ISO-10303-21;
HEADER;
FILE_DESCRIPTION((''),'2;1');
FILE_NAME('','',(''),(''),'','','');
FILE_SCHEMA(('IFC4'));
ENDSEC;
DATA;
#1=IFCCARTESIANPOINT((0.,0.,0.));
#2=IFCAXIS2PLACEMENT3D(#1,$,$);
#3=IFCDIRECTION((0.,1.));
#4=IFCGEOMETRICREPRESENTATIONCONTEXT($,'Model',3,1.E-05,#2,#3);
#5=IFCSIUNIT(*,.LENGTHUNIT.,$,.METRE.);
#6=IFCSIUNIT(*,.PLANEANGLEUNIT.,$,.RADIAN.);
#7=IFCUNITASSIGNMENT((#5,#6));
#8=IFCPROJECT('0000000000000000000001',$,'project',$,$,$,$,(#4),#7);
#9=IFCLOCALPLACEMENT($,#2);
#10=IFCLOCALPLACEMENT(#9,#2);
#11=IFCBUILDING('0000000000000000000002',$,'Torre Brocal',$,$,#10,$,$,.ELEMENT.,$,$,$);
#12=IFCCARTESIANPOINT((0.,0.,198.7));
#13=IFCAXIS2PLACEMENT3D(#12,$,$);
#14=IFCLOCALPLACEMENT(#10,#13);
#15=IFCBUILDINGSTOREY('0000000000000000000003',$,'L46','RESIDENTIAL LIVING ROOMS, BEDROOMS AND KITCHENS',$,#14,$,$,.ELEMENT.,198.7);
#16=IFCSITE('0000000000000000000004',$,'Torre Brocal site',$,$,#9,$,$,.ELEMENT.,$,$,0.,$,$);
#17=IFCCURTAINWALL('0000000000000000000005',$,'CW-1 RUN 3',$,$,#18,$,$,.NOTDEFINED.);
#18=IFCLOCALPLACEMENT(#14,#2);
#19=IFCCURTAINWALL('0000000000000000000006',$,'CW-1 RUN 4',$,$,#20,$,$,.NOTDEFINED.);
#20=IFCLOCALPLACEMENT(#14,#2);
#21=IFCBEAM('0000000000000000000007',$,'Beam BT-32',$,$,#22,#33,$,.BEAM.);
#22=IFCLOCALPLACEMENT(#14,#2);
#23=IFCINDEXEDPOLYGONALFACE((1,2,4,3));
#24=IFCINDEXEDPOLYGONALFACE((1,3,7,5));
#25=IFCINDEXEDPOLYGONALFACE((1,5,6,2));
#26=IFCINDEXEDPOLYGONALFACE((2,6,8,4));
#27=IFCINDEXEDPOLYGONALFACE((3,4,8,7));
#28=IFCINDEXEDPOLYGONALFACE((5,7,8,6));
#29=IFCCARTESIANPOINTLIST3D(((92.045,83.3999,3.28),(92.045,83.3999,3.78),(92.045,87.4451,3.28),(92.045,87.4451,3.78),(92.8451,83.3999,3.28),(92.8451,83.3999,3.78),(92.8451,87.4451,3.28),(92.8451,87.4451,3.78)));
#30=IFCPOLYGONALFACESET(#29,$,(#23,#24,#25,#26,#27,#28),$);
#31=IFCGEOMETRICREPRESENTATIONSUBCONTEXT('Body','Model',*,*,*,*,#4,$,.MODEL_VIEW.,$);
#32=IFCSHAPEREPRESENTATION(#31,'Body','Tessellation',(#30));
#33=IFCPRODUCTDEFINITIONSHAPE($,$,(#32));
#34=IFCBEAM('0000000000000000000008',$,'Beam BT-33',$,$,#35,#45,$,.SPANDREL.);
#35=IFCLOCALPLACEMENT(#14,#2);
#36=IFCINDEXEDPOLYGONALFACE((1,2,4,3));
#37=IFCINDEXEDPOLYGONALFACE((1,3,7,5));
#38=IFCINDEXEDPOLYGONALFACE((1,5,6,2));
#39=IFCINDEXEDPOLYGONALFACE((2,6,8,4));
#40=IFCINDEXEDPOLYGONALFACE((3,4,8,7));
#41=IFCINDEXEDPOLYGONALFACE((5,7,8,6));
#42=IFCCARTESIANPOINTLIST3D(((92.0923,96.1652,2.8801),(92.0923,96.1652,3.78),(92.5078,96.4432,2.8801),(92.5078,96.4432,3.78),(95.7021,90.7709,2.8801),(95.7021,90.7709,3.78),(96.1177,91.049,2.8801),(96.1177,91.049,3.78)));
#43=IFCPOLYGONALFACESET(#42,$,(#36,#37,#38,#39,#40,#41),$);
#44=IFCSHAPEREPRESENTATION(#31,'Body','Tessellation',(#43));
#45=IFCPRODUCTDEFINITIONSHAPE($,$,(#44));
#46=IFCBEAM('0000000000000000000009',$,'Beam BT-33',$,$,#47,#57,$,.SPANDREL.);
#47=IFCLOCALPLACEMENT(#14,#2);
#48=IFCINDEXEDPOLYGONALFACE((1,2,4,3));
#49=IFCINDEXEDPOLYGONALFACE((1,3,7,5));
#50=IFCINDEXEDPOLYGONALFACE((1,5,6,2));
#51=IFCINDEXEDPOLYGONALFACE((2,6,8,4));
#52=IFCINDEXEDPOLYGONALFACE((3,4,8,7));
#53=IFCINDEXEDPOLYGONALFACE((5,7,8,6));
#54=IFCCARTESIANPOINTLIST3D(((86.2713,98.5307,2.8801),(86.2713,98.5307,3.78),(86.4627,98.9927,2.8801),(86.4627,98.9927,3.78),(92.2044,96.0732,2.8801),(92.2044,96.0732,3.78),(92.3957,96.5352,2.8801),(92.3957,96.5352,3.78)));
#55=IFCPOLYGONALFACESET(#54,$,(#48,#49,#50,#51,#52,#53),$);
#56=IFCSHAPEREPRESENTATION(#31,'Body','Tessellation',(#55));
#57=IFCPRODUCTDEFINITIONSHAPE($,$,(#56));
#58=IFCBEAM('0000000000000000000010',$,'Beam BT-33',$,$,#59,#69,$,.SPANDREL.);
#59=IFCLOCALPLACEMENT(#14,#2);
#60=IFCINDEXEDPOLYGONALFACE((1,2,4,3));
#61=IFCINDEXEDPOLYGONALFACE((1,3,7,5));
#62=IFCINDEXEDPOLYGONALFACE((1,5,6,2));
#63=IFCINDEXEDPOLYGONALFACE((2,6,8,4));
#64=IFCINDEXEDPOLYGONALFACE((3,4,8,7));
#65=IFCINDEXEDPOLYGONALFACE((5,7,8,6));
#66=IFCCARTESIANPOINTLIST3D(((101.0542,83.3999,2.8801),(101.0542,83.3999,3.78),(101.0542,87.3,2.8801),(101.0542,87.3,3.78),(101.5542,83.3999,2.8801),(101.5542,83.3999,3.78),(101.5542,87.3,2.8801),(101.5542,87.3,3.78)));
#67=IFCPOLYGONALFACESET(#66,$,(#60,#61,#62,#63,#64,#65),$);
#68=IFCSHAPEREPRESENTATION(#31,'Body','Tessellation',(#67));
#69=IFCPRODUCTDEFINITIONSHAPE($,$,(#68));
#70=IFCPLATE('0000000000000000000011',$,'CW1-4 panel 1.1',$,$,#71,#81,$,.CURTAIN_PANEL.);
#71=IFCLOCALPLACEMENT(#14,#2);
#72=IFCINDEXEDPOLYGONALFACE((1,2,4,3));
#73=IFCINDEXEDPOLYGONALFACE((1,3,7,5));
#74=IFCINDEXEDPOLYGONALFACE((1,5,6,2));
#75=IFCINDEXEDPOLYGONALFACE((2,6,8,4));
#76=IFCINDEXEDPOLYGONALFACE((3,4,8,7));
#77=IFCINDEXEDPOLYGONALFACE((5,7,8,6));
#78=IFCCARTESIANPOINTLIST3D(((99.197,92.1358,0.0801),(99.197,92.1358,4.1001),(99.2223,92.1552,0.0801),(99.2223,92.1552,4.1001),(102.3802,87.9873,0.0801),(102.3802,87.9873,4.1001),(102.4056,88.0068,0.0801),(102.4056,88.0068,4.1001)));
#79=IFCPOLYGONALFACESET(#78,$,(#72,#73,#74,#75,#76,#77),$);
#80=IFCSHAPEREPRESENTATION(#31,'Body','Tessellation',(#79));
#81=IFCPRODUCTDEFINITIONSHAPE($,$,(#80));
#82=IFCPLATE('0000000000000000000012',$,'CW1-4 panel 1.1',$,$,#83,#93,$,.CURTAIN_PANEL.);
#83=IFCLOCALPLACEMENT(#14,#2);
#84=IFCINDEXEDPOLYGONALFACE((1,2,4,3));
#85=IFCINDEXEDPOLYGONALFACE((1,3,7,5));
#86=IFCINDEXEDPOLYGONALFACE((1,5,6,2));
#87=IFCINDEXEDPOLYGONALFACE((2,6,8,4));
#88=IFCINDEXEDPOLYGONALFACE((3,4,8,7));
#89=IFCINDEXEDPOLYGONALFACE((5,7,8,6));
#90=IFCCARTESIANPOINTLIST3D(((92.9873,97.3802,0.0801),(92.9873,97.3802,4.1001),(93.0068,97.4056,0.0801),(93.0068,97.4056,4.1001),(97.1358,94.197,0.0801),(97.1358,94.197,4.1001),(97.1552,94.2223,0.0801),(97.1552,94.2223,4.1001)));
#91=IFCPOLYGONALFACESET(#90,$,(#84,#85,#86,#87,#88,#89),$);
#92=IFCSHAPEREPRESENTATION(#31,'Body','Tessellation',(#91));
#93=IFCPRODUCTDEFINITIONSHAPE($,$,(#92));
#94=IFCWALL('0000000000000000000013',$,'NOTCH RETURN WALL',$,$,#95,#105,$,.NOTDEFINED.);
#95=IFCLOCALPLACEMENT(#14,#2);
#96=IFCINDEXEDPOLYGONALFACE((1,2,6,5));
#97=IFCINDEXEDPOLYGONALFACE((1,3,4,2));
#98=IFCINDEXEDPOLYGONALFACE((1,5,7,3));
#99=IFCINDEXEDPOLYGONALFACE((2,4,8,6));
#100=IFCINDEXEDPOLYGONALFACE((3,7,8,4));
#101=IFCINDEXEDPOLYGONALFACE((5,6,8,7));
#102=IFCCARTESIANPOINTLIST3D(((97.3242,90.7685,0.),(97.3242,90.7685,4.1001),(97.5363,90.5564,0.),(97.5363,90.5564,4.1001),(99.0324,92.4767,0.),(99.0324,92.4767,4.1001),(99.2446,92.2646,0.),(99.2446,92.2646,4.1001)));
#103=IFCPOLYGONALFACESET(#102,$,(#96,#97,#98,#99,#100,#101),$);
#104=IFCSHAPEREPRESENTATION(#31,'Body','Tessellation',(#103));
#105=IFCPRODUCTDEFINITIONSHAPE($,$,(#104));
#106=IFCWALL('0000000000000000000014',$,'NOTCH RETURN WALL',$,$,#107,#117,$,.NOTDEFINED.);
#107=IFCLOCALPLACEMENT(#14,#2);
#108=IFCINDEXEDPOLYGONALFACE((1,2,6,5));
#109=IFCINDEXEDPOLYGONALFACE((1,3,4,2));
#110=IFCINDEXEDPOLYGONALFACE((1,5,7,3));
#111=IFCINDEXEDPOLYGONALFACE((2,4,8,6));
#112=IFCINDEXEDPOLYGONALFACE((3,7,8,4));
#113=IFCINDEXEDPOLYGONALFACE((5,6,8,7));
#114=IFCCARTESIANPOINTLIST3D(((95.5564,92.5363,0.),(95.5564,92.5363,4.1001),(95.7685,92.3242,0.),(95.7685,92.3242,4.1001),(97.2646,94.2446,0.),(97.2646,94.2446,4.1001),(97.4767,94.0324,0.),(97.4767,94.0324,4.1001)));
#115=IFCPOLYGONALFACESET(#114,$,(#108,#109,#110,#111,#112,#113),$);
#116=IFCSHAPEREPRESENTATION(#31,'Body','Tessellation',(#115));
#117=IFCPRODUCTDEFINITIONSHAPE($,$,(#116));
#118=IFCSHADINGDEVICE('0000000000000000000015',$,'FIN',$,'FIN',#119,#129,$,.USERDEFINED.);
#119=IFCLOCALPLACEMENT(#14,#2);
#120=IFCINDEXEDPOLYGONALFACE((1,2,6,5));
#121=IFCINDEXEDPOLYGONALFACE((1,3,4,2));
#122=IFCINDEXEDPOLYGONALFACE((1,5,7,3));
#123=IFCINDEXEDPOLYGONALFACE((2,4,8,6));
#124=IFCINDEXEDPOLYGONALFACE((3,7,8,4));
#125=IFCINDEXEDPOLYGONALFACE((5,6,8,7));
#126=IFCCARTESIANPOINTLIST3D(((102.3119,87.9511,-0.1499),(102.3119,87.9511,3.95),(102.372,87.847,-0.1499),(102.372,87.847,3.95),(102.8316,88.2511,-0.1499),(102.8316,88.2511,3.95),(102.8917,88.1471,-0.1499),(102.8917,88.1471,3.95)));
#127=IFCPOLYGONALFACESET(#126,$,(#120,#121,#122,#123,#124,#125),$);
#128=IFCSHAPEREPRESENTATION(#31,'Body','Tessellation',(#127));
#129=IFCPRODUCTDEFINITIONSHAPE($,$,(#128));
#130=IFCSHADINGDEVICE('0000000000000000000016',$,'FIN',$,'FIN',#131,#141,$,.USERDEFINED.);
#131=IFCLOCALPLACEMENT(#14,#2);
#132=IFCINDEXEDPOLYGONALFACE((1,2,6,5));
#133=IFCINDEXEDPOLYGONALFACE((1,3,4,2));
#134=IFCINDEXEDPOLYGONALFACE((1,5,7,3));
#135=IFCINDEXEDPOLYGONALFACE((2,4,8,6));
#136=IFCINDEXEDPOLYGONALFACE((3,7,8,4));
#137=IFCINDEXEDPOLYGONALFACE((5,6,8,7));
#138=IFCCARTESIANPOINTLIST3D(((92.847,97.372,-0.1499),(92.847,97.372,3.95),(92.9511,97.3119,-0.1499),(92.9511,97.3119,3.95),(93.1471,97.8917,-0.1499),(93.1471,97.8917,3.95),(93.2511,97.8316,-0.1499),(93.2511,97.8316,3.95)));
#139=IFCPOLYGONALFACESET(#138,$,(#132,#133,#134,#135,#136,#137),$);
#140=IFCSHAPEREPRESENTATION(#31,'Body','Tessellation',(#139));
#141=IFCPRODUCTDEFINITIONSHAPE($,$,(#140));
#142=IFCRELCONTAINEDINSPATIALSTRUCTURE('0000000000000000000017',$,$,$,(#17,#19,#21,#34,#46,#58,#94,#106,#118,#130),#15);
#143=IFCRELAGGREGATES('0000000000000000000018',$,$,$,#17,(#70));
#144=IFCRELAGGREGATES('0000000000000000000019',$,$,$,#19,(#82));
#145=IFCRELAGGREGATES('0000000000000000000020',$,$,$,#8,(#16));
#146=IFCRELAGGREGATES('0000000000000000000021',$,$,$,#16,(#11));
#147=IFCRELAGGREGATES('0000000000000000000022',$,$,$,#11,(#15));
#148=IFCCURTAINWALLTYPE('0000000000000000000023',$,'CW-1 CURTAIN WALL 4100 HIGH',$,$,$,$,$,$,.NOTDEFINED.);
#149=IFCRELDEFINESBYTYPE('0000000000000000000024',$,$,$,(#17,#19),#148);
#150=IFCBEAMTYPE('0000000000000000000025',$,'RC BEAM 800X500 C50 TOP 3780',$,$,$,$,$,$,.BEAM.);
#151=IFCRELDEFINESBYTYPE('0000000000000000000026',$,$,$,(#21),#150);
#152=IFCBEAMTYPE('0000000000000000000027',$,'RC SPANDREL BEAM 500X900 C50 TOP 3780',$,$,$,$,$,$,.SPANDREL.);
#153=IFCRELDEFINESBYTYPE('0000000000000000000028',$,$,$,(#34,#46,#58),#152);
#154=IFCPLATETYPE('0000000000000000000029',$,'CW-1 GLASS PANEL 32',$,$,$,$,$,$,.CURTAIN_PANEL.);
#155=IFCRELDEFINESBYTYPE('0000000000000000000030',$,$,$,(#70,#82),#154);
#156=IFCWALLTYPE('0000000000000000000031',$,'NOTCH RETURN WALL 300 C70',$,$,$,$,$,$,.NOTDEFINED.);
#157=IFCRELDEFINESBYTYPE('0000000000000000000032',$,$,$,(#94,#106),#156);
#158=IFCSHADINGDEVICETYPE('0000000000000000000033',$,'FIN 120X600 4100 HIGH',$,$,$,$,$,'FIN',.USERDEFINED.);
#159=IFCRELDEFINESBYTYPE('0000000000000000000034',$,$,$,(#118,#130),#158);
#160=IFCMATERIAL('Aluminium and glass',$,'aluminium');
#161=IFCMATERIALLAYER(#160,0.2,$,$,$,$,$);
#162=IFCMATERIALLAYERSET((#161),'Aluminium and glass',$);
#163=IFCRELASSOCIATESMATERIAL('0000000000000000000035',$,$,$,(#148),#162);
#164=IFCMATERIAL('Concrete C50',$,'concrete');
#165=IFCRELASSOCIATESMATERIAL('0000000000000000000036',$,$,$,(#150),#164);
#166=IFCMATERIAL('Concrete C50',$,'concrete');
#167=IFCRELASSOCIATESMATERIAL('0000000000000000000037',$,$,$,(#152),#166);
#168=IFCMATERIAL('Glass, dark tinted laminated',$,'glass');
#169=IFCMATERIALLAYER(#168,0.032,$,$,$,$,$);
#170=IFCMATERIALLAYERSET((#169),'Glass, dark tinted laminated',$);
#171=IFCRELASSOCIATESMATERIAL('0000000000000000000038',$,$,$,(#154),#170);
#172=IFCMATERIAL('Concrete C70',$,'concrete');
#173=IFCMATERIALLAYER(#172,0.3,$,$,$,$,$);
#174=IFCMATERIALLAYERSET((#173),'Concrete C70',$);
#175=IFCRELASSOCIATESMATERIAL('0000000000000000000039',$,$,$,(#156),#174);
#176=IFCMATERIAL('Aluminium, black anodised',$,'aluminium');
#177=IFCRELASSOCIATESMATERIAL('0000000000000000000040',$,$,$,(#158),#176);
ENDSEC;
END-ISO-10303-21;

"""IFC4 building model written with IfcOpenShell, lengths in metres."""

from ifc_helpers import new_model, si_unit, direction, frame, frame_2d, origin, origin_2d, place, context, subcontext, project, spatial, rectangle, extrude, material, layer, layer_set, material_profile, profile_set, type_object, element, aggregate, save


model = new_model("IFC4")

# Units and contexts
model_context = context("Model", 3, precision=1e-05, world=origin(), true_north=direction((0.0, 1.0)))
body_context = subcontext(model_context, "Body", "Model", "MODEL_VIEW")
ifc_project = project(units=[si_unit("LENGTHUNIT", "METRE"), si_unit("PLANEANGLEUNIT", "RADIAN")], contexts=[model_context])

# Site, building, storey
site_placement = place(None, origin())
site = spatial("IfcSite", under=ifc_project, at=site_placement, Name="Torre Brocal site", CompositionType="ELEMENT", RefElevation=0.0)
building_placement = place(site_placement, origin())
building = spatial("IfcBuilding", under=site, at=building_placement, Name="Torre Brocal", CompositionType="ELEMENT")
storey_placement = place(building_placement, frame((0.0, 0.0, 198.7)))
storey = spatial("IfcBuildingStorey", under=building, at=storey_placement, Name="L46", Description="RESIDENTIAL LIVING ROOMS, BEDROOMS AND KITCHENS", CompositionType="ELEMENT", Elevation=198.7)

# Shared definitions
ifc_material_1 = material(Name="Aluminium and glass", Category="aluminium")
ifc_layer_1 = layer(ifc_material_1, 0.2)
ifc_layer_set_1 = layer_set([ifc_layer_1], Name="Aluminium and glass")
curtain_wall_type = type_object("IfcCurtainWallType", Name="CW-1 CURTAIN WALL 4100 HIGH", PredefinedType="NOTDEFINED", material=ifc_layer_set_1)

# Curtain walls
curtain_wall_1_placement = place(storey_placement, origin())
curtain_wall_1 = element("IfcCurtainWall", 1, at=curtain_wall_1_placement, inside=storey, type_object=curtain_wall_type, Name="CW-1 RUN 3", PredefinedType="NOTDEFINED")
curtain_wall_2_placement = place(storey_placement, origin())
curtain_wall_2 = element("IfcCurtainWall", 2, at=curtain_wall_2_placement, inside=storey, type_object=curtain_wall_type, Name="CW-1 RUN 4", PredefinedType="NOTDEFINED")

# Beams
ifc_material_2 = material(Name="Concrete C50", Category="concrete")
ifc_material_profile_1 = material_profile(ifc_material_2, rectangle(XDim=0.8, YDim=0.5, at=origin_2d()), Name="RC 800X500")
ifc_profile_set_1 = profile_set([ifc_material_profile_1], Name="Concrete C50")
beam_type_1 = type_object("IfcBeamType", Name="RC BEAM 800X500 C50 TOP 3780", PredefinedType="BEAM", material=ifc_profile_set_1)
beam_1_placement = place(storey_placement, frame((92.4451, 87.4451, 3.53), z_axis=(0.0, -1.0, 0.0), x_axis=(1.0, 0.0, 0.0)))
element("IfcBeam", 3, at=beam_1_placement, inside=storey, type_object=beam_type_1, Name="Beam BT-32", PredefinedType="BEAM", context=body_context, shape_type="SweptSolid", body=[
    extrude(rectangle(XDim=0.8, YDim=0.5, at=origin_2d()), origin(), (0.0, 0.0, 1.0), 4.0452),
])
ifc_material_3 = material(Name="Concrete C50", Category="concrete")
ifc_material_profile_2 = material_profile(ifc_material_3, rectangle(XDim=0.5, YDim=0.8999, at=origin_2d()), Name="RC 500X900")
ifc_profile_set_2 = profile_set([ifc_material_profile_2], Name="Concrete C50")
beam_type_2 = type_object("IfcBeamType", Name="RC SPANDREL BEAM 500X900 C50 TOP 3780", PredefinedType="SPANDREL", material=ifc_profile_set_2)
beam_2_placement = place(storey_placement, frame((95.9099, 90.9099, 3.3301), z_axis=(-0.556158, 0.831077, 0.0), x_axis=(-0.831077, -0.556158, 0.0)))
element("IfcBeam", 4, at=beam_2_placement, inside=storey, type_object=beam_type_2, Name="Beam BT-33", PredefinedType="SPANDREL", context=body_context, shape_type="SweptSolid", body=[
    extrude(rectangle(XDim=0.5, YDim=0.8999, at=origin_2d()), origin(), (0.0, 0.0, 1.0), 6.4907),
])
beam_3_placement = place(storey_placement, frame((92.3, 96.3042, 3.3301), z_axis=(-0.923882, 0.382676, 0.0), x_axis=(-0.382676, -0.923882, 0.0)))
element("IfcBeam", 5, at=beam_3_placement, inside=storey, type_object=beam_type_2, Name="Beam BT-33", PredefinedType="SPANDREL", context=body_context, shape_type="SweptSolid", body=[
    extrude(rectangle(XDim=0.5, YDim=0.8999, at=origin_2d()), origin(), (0.0, 0.0, 1.0), 6.4219),
])
beam_4_placement = place(storey_placement, frame((101.3042, 87.3, 3.3301), z_axis=(0.0, -1.0, 0.0), x_axis=(1.0, 0.0, 0.0)))
element("IfcBeam", 6, at=beam_4_placement, inside=storey, type_object=beam_type_2, Name="Beam BT-33", PredefinedType="SPANDREL", context=body_context, shape_type="SweptSolid", body=[
    extrude(rectangle(XDim=0.5, YDim=0.8999, at=origin_2d()), origin(), (0.0, 0.0, 1.0), 3.9001),
])

# Plates
ifc_material_4 = material(Name="Glass, dark tinted laminated", Category="glass")
ifc_layer_2 = layer(ifc_material_4, 0.032)
ifc_layer_set_2 = layer_set([ifc_layer_2], Name="Glass, dark tinted laminated")
plate_type = type_object("IfcPlateType", Name="CW-1 GLASS PANEL 32", PredefinedType="CURTAIN_PANEL", material=ifc_layer_set_2)
plate_1_placement = place(storey_placement, frame((100.8013, 90.0713, 0.0801), z_axis=(0.0, 0.0, 1.0), x_axis=(-0.608761, 0.793353, 0.0)))
plate_1 = element("IfcPlate", 7, at=plate_1_placement, type_object=plate_type, Name="CW1-4 panel 1.1", PredefinedType="CURTAIN_PANEL", context=body_context, shape_type="SweptSolid", body=[
    extrude(rectangle(XDim=5.229, YDim=0.032, at=origin_2d()), origin(), (0.0, 0.0, 1.0), 4.02),
])
aggregate(curtain_wall_1, [plate_1])
plate_2_placement = place(storey_placement, frame((95.0713, 95.8013, 0.0801), z_axis=(0.0, 0.0, 1.0), x_axis=(-0.793353, 0.608761, 0.0)))
plate_2 = element("IfcPlate", 8, at=plate_2_placement, type_object=plate_type, Name="CW1-4 panel 1.1", PredefinedType="CURTAIN_PANEL", context=body_context, shape_type="SweptSolid", body=[
    extrude(rectangle(XDim=5.229, YDim=0.032, at=origin_2d()), origin(), (0.0, 0.0, 1.0), 4.02),
])
aggregate(curtain_wall_2, [plate_2])

# Walls
ifc_material_5 = material(Name="Concrete C70", Category="concrete")
ifc_layer_3 = layer(ifc_material_5, 0.3)
ifc_layer_set_3 = layer_set([ifc_layer_3], Name="Concrete C70")
wall_type = type_object("IfcWallType", Name="NOTCH RETURN WALL 300 C70", PredefinedType="NOTDEFINED", material=ifc_layer_set_3)
for number, where, z_axis, x_axis, name in (
    (9, (97.4302, 90.6624, 0.0), (0.0, 0.0, 1.0), (0.707107, 0.707107, 0.0), "NOTCH RETURN WALL"),
    (10, (95.6624, 92.4302, 0.0), (0.0, 0.0, 1.0), (0.707107, 0.707107, 0.0), "NOTCH RETURN WALL"),
):
    element("IfcWall", number, at=place(storey_placement, frame(where, z_axis=z_axis, x_axis=x_axis)), inside=storey, type_object=wall_type, Name=name, PredefinedType="NOTDEFINED", context=body_context, shape_type="SweptSolid", body=[
        extrude(rectangle(XDim=2.4158, YDim=0.3, at=frame_2d((1.208, 0.0))), origin(), (0.0, 0.0, 1.0), 4.1001),
    ])

# Shading devices
ifc_material_6 = material(Name="Aluminium, black anodised", Category="aluminium")
ifc_material_profile_3 = material_profile(ifc_material_6, rectangle(XDim=0.1201, YDim=0.6001, at=origin_2d()), Name="FIN 120X600 4100 HIGH")
ifc_profile_set_3 = profile_set([ifc_material_profile_3], Name="Aluminium, black anodised")
shading_device_type = type_object("IfcShadingDeviceType", Name="FIN 120X600 4100 HIGH", ElementType="FIN", PredefinedType="USERDEFINED", material=ifc_profile_set_3)
for number, where, z_axis, x_axis, name in (
    (11, (102.6018, 88.0491, -0.1499), (0.0, 0.0, 1.0), (-0.5, 0.866025, 0.0), "FIN"),
    (12, (93.0491, 97.6018, -0.1499), (0.0, 0.0, 1.0), (-0.866025, 0.5, 0.0), "FIN"),
):
    element("IfcShadingDevice", number, at=place(storey_placement, frame(where, z_axis=z_axis, x_axis=x_axis)), inside=storey, type_object=shading_device_type, Name=name, ObjectType="FIN", PredefinedType="USERDEFINED", context=body_context, shape_type="SweptSolid", body=[
        extrude(rectangle(XDim=0.1201, YDim=0.6001, at=origin_2d()), origin(), (0.0, 0.0, 1.0), 4.0999),
    ])

save(model, "model.ifc")
